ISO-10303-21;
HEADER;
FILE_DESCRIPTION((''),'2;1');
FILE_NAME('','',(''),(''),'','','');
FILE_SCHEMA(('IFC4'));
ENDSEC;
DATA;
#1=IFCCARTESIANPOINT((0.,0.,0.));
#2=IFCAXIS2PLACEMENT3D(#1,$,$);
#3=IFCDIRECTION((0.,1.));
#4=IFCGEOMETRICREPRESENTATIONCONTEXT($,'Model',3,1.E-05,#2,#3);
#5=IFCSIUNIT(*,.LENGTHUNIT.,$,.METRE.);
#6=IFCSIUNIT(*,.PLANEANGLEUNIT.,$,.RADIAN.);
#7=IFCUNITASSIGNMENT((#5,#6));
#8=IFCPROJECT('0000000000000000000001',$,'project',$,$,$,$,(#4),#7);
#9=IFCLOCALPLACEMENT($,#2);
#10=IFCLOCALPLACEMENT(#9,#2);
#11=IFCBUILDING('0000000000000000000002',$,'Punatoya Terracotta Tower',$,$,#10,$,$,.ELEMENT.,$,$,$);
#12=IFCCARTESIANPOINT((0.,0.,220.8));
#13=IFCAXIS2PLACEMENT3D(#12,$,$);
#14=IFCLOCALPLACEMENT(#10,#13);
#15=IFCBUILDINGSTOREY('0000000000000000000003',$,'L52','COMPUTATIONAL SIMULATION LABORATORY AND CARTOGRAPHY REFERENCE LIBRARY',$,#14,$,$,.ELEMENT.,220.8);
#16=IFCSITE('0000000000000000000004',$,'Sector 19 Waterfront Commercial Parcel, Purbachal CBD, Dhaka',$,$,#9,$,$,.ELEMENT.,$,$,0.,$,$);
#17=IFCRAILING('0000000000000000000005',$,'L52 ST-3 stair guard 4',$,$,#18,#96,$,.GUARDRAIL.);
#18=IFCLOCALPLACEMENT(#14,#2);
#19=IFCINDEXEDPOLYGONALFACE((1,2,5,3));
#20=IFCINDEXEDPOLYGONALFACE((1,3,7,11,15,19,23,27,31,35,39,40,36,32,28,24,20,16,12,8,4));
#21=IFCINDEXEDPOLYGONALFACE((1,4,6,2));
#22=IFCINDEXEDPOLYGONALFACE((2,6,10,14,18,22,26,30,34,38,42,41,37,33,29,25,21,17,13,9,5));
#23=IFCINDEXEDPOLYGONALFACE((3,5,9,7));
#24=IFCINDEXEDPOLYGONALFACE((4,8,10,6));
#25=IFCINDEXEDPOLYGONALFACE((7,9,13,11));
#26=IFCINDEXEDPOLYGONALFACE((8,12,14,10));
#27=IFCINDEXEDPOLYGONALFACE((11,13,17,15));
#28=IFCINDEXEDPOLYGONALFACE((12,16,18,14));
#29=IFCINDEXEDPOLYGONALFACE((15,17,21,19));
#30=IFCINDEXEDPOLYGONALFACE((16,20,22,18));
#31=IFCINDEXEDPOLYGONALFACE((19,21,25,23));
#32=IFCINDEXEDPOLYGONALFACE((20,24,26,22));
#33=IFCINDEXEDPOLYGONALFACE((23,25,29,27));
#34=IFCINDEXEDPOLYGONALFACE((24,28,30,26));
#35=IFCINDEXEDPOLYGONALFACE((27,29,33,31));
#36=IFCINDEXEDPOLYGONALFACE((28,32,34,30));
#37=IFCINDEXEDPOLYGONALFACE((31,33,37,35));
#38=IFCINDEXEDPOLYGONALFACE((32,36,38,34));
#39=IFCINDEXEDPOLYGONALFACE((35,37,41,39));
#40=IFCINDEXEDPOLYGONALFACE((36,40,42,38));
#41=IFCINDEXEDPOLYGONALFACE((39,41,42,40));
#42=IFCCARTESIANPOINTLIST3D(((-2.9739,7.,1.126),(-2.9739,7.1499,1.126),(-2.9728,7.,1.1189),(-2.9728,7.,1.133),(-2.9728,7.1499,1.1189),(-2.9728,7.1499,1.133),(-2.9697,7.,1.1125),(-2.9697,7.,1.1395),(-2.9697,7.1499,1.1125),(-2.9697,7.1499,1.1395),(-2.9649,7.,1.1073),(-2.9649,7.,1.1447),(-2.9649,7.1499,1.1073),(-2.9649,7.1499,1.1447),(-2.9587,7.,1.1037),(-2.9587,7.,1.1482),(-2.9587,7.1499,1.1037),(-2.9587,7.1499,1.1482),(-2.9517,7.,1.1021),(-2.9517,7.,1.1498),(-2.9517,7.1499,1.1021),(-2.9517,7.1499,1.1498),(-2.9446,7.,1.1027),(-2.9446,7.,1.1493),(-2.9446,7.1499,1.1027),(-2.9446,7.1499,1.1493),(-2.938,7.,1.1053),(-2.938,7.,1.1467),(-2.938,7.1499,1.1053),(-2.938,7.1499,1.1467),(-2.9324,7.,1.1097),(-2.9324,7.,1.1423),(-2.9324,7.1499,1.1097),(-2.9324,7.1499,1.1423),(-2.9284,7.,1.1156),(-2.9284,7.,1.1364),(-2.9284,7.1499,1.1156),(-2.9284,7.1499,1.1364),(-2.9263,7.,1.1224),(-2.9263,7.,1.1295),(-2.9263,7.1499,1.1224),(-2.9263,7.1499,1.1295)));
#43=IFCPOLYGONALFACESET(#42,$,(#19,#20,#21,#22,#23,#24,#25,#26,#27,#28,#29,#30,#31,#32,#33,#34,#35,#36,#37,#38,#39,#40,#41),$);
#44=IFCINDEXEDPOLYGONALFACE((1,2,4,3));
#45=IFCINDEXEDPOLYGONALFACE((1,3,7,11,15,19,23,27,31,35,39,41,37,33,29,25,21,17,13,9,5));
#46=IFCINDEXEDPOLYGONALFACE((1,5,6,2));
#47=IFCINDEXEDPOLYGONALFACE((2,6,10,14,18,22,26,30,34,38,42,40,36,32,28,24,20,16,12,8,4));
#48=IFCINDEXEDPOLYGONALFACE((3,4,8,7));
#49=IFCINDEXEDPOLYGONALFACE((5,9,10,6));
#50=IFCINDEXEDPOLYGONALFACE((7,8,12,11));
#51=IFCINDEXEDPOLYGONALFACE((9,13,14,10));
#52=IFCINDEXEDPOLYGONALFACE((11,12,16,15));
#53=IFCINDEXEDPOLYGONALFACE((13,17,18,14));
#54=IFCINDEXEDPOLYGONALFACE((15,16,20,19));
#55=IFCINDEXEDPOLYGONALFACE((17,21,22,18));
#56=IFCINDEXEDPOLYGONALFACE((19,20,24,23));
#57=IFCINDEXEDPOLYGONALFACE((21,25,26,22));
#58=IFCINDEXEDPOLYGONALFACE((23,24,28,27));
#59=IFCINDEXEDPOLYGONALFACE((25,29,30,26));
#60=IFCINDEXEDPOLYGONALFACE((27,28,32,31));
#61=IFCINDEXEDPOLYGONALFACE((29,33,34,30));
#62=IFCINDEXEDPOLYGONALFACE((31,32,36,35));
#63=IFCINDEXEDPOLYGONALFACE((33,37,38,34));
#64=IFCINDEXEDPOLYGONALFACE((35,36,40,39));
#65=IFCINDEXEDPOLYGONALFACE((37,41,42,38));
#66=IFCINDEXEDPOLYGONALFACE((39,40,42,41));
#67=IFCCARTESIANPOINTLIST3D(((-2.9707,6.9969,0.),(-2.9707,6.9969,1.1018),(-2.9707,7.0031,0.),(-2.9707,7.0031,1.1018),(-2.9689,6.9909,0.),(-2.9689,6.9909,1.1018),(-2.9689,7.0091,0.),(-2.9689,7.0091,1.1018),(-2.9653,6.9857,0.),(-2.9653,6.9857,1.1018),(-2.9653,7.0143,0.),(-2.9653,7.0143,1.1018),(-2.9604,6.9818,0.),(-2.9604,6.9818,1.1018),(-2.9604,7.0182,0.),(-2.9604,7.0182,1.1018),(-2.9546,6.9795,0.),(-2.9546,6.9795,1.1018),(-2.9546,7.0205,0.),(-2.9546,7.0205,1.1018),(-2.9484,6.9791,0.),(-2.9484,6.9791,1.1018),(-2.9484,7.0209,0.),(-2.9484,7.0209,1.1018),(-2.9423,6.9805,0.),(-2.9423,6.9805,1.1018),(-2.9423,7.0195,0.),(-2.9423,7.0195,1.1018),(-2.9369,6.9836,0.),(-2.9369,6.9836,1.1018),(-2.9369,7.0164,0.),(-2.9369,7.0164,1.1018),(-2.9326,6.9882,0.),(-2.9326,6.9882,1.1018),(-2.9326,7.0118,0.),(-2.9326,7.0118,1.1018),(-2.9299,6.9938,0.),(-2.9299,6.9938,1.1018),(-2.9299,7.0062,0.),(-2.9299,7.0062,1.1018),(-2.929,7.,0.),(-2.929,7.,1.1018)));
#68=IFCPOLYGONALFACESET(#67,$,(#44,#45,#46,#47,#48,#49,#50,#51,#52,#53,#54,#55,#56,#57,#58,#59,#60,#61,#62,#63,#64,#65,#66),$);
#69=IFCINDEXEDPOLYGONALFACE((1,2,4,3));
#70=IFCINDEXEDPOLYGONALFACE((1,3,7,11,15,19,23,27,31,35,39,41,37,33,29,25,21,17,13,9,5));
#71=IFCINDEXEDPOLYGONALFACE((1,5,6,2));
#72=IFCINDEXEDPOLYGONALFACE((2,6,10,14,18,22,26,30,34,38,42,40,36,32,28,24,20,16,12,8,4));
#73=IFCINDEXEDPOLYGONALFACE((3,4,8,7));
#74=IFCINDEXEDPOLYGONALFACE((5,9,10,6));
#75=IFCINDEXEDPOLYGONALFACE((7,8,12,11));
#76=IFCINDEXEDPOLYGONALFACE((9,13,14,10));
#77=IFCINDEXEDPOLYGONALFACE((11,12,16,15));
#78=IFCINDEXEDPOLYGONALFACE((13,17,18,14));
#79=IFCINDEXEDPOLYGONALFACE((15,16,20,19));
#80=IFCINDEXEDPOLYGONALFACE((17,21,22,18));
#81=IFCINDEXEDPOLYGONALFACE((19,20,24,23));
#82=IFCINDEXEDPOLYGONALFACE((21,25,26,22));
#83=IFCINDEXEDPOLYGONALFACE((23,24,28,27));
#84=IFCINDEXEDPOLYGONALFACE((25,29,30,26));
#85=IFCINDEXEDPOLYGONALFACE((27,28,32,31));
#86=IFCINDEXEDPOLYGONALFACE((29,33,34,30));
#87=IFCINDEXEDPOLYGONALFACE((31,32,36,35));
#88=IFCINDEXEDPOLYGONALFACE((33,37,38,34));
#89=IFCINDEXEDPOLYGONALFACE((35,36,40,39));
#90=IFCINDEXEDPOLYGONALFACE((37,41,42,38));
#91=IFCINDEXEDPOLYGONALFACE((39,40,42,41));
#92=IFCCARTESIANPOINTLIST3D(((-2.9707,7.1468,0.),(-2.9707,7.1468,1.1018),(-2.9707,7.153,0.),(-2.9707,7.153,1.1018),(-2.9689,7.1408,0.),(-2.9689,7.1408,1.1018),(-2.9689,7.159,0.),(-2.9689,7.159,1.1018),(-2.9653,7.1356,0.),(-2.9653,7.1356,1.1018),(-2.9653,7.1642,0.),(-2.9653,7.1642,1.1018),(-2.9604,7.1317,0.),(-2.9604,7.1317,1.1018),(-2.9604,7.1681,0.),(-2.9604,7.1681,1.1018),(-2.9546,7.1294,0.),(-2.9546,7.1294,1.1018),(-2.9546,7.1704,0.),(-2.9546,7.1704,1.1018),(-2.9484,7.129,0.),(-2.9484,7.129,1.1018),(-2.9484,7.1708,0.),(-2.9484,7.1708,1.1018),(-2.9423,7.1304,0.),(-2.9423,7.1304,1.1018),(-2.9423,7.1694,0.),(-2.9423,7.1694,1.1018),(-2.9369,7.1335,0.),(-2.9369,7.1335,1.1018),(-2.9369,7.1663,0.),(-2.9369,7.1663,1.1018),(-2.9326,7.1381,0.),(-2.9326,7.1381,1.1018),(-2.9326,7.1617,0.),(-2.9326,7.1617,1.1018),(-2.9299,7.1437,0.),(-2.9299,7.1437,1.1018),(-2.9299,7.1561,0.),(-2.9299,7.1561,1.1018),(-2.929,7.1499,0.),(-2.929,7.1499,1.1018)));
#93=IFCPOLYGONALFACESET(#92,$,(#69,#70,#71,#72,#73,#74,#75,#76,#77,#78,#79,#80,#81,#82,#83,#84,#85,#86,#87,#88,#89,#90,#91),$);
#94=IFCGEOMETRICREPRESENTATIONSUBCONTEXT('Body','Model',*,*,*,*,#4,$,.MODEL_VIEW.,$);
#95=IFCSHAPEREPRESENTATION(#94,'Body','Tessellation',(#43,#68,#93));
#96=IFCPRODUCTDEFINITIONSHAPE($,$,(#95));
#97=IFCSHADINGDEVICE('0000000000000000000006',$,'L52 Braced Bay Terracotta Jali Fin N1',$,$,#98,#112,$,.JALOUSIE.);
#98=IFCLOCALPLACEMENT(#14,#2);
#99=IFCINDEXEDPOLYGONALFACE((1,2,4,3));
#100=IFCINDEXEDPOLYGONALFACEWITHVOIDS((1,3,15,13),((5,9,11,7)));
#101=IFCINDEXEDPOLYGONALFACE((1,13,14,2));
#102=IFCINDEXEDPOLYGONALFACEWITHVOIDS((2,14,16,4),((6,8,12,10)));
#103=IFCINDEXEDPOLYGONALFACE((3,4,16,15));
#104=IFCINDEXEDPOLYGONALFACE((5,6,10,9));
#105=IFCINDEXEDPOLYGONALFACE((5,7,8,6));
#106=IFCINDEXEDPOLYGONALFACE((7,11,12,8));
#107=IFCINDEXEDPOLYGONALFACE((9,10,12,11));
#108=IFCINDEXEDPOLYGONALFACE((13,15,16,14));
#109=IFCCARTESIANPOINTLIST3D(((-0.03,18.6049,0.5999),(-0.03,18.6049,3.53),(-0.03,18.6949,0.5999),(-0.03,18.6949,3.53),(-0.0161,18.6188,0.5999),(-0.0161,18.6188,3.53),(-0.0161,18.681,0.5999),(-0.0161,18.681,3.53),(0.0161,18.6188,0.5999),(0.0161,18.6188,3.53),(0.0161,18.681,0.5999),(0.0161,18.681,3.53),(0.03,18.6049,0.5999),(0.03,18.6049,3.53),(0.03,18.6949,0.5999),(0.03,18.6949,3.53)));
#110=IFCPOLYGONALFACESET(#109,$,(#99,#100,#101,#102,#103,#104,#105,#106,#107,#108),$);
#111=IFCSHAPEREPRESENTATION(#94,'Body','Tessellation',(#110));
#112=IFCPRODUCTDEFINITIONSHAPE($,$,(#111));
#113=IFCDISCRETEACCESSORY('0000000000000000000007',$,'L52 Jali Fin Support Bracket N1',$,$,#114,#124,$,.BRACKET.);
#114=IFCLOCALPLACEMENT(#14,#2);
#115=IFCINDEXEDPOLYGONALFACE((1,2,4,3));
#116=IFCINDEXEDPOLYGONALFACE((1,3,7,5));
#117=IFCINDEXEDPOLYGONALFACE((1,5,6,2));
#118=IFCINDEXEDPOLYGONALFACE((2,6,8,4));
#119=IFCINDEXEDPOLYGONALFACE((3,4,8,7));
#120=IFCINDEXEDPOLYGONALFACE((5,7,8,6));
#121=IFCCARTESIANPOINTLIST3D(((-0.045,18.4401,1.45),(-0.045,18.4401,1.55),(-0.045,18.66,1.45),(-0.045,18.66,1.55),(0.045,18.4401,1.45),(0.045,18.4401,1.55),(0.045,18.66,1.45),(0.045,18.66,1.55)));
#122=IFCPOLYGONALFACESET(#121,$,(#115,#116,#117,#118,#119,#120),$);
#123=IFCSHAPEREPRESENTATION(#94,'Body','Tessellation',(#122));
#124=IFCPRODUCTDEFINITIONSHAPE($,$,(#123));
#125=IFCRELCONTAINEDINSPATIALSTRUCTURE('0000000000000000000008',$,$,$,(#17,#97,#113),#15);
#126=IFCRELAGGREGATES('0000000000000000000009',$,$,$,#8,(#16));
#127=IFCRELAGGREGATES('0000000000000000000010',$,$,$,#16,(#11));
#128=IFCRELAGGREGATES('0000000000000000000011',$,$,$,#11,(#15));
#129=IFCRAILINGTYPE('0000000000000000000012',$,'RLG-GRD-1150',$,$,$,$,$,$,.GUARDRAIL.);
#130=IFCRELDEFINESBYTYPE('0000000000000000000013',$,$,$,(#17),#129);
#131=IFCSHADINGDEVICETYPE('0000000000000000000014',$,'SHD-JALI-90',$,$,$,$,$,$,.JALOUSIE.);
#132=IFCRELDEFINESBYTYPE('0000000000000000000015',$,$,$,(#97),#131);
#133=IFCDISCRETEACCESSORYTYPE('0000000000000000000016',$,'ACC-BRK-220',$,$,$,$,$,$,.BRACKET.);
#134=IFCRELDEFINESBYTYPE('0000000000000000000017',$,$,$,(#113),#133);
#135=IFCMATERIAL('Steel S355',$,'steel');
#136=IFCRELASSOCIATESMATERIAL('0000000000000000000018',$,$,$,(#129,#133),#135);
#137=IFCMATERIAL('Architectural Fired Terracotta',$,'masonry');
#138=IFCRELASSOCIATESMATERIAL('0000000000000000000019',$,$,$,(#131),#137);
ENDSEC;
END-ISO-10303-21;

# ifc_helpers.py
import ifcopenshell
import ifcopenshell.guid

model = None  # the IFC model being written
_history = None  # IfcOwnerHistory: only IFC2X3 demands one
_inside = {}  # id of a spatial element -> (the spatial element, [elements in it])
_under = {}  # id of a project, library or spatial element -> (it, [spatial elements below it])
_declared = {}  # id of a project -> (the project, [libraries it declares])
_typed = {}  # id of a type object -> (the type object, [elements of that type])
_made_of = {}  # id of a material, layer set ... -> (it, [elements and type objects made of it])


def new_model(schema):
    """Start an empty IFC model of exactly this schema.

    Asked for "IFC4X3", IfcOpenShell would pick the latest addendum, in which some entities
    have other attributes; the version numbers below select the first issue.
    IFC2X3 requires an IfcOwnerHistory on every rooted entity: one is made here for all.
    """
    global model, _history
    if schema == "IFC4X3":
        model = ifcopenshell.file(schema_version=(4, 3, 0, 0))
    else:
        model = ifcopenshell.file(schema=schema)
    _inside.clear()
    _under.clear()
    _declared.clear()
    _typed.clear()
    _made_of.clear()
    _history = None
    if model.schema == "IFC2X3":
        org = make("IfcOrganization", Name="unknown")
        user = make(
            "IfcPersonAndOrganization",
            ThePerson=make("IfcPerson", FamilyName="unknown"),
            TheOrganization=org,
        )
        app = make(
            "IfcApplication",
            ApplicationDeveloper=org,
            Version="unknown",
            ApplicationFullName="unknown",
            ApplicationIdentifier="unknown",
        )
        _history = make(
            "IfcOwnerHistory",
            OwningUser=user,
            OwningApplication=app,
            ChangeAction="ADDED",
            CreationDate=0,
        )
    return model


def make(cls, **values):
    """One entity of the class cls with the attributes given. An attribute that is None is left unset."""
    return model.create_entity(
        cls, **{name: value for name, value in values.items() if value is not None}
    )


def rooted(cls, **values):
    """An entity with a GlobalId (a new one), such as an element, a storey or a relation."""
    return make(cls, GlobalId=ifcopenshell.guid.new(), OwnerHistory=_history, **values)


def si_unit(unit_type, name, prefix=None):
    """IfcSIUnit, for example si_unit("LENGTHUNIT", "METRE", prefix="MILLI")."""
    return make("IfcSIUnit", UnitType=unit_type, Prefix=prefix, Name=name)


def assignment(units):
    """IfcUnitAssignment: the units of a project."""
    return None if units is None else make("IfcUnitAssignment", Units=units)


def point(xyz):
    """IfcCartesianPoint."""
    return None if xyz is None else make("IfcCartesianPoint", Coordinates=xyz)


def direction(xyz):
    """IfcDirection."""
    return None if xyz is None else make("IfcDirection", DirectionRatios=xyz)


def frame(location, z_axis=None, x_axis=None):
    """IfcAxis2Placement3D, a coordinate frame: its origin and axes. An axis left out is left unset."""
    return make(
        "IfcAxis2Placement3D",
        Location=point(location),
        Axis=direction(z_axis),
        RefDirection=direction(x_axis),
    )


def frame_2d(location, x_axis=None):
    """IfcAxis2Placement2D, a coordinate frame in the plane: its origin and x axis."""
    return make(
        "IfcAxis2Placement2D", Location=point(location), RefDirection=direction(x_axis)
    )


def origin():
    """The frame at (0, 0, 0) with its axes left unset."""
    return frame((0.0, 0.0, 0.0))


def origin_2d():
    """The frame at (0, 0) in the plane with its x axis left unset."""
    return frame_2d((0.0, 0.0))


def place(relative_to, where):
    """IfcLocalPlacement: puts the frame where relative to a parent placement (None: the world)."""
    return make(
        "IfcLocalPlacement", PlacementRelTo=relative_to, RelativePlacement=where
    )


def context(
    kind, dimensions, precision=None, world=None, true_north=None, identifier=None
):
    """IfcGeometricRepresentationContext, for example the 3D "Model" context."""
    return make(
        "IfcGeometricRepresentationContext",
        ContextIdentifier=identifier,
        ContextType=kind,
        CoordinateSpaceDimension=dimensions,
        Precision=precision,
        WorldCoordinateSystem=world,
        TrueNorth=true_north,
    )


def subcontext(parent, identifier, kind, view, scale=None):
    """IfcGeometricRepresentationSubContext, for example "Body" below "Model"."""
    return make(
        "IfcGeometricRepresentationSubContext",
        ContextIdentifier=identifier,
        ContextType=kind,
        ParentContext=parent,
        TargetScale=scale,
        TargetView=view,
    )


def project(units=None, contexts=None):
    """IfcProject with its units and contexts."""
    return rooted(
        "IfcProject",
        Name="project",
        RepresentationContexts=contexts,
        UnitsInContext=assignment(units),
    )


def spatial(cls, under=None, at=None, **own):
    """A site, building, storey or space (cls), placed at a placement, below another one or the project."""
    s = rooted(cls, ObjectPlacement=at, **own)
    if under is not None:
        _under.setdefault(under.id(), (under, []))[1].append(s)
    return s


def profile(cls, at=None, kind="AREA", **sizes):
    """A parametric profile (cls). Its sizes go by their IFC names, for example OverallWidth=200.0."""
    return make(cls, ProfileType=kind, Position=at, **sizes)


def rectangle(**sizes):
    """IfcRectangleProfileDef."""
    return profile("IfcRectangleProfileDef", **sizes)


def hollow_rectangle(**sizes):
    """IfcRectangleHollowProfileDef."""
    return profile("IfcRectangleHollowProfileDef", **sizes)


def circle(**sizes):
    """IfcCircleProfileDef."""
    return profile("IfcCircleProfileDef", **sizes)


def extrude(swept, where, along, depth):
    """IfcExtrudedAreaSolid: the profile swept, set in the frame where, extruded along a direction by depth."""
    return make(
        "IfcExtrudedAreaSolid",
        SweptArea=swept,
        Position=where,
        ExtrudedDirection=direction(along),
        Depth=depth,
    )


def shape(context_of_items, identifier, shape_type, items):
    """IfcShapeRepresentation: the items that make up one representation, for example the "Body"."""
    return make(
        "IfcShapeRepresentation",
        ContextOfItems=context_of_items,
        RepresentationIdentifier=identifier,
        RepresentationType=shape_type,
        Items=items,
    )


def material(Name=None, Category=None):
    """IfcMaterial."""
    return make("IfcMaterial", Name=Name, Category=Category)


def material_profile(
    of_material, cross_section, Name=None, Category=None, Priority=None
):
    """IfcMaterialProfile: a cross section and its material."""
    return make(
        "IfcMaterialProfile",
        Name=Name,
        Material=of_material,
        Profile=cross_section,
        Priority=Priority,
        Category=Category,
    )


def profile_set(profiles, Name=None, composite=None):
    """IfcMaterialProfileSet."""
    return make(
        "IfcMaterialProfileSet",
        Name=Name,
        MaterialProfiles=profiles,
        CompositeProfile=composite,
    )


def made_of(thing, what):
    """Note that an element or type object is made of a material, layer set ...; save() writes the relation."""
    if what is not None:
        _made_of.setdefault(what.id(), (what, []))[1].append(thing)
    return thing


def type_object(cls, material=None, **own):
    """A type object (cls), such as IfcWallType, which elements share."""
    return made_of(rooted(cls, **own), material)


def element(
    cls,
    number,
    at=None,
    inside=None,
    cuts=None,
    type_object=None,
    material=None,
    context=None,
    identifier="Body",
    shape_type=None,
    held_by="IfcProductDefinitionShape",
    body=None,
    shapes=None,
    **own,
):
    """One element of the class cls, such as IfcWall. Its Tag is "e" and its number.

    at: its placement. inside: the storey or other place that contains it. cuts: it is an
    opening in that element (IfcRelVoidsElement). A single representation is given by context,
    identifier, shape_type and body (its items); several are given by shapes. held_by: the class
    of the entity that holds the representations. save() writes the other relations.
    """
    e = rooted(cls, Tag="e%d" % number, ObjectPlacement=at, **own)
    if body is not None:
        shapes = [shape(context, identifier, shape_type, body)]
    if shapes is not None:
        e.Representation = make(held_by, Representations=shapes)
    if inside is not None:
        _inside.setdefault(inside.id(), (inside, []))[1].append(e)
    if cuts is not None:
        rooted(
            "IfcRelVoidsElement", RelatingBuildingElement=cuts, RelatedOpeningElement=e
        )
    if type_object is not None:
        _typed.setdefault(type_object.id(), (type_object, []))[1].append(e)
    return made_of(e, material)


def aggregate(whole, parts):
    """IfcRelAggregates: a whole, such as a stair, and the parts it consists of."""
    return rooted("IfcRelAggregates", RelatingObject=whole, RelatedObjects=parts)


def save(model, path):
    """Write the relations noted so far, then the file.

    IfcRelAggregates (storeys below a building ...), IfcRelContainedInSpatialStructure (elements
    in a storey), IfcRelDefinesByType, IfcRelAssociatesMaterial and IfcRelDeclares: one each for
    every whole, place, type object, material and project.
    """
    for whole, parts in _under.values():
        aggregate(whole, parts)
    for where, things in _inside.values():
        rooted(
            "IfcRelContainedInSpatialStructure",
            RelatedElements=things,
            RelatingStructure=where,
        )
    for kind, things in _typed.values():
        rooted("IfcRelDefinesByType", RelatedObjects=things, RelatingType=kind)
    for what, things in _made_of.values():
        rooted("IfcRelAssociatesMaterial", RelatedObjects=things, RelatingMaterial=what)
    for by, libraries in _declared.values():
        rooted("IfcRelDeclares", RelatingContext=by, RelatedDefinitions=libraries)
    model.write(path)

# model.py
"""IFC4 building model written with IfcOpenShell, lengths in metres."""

from ifc_helpers import new_model, si_unit, direction, frame, origin, origin_2d, place, context, subcontext, project, spatial, rectangle, hollow_rectangle, circle, extrude, material, material_profile, profile_set, type_object, element, save


model = new_model("IFC4")

# Units and contexts
model_context = context("Model", 3, precision=1e-05, world=origin(), true_north=direction((0.0, 1.0)))
body_context = subcontext(model_context, "Body", "Model", "MODEL_VIEW")
ifc_project = project(units=[si_unit("LENGTHUNIT", "METRE"), si_unit("PLANEANGLEUNIT", "RADIAN")], contexts=[model_context])

# Site, building, storey
site_placement = place(None, origin())
site = spatial("IfcSite", under=ifc_project, at=site_placement, Name="Sector 19 Waterfront Commercial Parcel, Purbachal CBD, Dhaka", CompositionType="ELEMENT", RefElevation=0.0)
building_placement = place(site_placement, origin())
building = spatial("IfcBuilding", under=site, at=building_placement, Name="Punatoya Terracotta Tower", CompositionType="ELEMENT")
storey_placement = place(building_placement, frame((0.0, 0.0, 220.8)))
storey = spatial("IfcBuildingStorey", under=building, at=storey_placement, Name="L52", Description="COMPUTATIONAL SIMULATION LABORATORY AND CARTOGRAPHY REFERENCE LIBRARY", CompositionType="ELEMENT", Elevation=220.8)

# Shared definitions
ifc_material_1 = material(Name="Steel S355", Category="steel")

# Railing
railing_type = type_object("IfcRailingType", Name="RLG-GRD-1150", PredefinedType="GUARDRAIL", material=ifc_material_1)
railing_1_placement = place(storey_placement, frame((-2.95, 7.0, 0.0)))
element("IfcRailing", 1, at=railing_1_placement, inside=storey, type_object=railing_type, Name="L52 ST-3 stair guard 4", PredefinedType="GUARDRAIL", context=body_context, shape_type="SweptSolid", body=[
    extrude(circle(Radius=0.0239, at=origin_2d()), frame((0.0, 0.0, 1.126), z_axis=(0.0, 1.0, 0.0), x_axis=(-1.0, 0.0, 0.0)), (0.0, 0.0, 1.0), 0.1499),
    extrude(circle(Radius=0.021, at=origin_2d()), origin(), (0.0, 0.0, 1.0), 1.1018),
    extrude(circle(Radius=0.021, at=origin_2d()), frame((0.0, 0.1499, 0.0)), (0.0, 0.0, 1.0), 1.1018),
])

# Shading device
ifc_material_2 = material(Name="Architectural Fired Terracotta", Category="masonry")
ifc_material_profile_1 = material_profile(ifc_material_2, hollow_rectangle(XDim=0.0601, YDim=0.0901, WallThickness=0.0139, at=origin_2d()))
ifc_profile_set_1 = profile_set([ifc_material_profile_1], Name="Architectural Fired Terracotta")
shading_device_type = type_object("IfcShadingDeviceType", Name="SHD-JALI-90", PredefinedType="JALOUSIE", material=ifc_profile_set_1)
shading_device_placement = place(storey_placement, frame((0.0, 18.6499, 0.5999), z_axis=(0.0, 0.0, 1.0), x_axis=(1.0, 0.0, 0.0)))
element("IfcShadingDevice", 2, at=shading_device_placement, inside=storey, type_object=shading_device_type, Name="L52 Braced Bay Terracotta Jali Fin N1", PredefinedType="JALOUSIE", context=body_context, shape_type="SweptSolid", body=[
    extrude(hollow_rectangle(XDim=0.0601, YDim=0.0901, WallThickness=0.0139, at=origin_2d()), origin(), (0.0, 0.0, 1.0), 2.9302),
])

# Discrete accessory
discrete_accessory_type = type_object("IfcDiscreteAccessoryType", Name="ACC-BRK-220", PredefinedType="BRACKET", material=ifc_material_1)
discrete_accessory_placement = place(storey_placement, frame((0.0, 18.55, 1.45), z_axis=(0.0, 0.0, 1.0), x_axis=(-1.0, 0.0, 0.0)))
element("IfcDiscreteAccessory", 3, at=discrete_accessory_placement, inside=storey, type_object=discrete_accessory_type, Name="L52 Jali Fin Support Bracket N1", PredefinedType="BRACKET", context=body_context, shape_type="SweptSolid", body=[
    extrude(rectangle(XDim=0.0901, YDim=0.22, at=origin_2d()), origin(), (0.0, 0.0, 1.0), 0.1001),
])

save(model, "model.ifc")
